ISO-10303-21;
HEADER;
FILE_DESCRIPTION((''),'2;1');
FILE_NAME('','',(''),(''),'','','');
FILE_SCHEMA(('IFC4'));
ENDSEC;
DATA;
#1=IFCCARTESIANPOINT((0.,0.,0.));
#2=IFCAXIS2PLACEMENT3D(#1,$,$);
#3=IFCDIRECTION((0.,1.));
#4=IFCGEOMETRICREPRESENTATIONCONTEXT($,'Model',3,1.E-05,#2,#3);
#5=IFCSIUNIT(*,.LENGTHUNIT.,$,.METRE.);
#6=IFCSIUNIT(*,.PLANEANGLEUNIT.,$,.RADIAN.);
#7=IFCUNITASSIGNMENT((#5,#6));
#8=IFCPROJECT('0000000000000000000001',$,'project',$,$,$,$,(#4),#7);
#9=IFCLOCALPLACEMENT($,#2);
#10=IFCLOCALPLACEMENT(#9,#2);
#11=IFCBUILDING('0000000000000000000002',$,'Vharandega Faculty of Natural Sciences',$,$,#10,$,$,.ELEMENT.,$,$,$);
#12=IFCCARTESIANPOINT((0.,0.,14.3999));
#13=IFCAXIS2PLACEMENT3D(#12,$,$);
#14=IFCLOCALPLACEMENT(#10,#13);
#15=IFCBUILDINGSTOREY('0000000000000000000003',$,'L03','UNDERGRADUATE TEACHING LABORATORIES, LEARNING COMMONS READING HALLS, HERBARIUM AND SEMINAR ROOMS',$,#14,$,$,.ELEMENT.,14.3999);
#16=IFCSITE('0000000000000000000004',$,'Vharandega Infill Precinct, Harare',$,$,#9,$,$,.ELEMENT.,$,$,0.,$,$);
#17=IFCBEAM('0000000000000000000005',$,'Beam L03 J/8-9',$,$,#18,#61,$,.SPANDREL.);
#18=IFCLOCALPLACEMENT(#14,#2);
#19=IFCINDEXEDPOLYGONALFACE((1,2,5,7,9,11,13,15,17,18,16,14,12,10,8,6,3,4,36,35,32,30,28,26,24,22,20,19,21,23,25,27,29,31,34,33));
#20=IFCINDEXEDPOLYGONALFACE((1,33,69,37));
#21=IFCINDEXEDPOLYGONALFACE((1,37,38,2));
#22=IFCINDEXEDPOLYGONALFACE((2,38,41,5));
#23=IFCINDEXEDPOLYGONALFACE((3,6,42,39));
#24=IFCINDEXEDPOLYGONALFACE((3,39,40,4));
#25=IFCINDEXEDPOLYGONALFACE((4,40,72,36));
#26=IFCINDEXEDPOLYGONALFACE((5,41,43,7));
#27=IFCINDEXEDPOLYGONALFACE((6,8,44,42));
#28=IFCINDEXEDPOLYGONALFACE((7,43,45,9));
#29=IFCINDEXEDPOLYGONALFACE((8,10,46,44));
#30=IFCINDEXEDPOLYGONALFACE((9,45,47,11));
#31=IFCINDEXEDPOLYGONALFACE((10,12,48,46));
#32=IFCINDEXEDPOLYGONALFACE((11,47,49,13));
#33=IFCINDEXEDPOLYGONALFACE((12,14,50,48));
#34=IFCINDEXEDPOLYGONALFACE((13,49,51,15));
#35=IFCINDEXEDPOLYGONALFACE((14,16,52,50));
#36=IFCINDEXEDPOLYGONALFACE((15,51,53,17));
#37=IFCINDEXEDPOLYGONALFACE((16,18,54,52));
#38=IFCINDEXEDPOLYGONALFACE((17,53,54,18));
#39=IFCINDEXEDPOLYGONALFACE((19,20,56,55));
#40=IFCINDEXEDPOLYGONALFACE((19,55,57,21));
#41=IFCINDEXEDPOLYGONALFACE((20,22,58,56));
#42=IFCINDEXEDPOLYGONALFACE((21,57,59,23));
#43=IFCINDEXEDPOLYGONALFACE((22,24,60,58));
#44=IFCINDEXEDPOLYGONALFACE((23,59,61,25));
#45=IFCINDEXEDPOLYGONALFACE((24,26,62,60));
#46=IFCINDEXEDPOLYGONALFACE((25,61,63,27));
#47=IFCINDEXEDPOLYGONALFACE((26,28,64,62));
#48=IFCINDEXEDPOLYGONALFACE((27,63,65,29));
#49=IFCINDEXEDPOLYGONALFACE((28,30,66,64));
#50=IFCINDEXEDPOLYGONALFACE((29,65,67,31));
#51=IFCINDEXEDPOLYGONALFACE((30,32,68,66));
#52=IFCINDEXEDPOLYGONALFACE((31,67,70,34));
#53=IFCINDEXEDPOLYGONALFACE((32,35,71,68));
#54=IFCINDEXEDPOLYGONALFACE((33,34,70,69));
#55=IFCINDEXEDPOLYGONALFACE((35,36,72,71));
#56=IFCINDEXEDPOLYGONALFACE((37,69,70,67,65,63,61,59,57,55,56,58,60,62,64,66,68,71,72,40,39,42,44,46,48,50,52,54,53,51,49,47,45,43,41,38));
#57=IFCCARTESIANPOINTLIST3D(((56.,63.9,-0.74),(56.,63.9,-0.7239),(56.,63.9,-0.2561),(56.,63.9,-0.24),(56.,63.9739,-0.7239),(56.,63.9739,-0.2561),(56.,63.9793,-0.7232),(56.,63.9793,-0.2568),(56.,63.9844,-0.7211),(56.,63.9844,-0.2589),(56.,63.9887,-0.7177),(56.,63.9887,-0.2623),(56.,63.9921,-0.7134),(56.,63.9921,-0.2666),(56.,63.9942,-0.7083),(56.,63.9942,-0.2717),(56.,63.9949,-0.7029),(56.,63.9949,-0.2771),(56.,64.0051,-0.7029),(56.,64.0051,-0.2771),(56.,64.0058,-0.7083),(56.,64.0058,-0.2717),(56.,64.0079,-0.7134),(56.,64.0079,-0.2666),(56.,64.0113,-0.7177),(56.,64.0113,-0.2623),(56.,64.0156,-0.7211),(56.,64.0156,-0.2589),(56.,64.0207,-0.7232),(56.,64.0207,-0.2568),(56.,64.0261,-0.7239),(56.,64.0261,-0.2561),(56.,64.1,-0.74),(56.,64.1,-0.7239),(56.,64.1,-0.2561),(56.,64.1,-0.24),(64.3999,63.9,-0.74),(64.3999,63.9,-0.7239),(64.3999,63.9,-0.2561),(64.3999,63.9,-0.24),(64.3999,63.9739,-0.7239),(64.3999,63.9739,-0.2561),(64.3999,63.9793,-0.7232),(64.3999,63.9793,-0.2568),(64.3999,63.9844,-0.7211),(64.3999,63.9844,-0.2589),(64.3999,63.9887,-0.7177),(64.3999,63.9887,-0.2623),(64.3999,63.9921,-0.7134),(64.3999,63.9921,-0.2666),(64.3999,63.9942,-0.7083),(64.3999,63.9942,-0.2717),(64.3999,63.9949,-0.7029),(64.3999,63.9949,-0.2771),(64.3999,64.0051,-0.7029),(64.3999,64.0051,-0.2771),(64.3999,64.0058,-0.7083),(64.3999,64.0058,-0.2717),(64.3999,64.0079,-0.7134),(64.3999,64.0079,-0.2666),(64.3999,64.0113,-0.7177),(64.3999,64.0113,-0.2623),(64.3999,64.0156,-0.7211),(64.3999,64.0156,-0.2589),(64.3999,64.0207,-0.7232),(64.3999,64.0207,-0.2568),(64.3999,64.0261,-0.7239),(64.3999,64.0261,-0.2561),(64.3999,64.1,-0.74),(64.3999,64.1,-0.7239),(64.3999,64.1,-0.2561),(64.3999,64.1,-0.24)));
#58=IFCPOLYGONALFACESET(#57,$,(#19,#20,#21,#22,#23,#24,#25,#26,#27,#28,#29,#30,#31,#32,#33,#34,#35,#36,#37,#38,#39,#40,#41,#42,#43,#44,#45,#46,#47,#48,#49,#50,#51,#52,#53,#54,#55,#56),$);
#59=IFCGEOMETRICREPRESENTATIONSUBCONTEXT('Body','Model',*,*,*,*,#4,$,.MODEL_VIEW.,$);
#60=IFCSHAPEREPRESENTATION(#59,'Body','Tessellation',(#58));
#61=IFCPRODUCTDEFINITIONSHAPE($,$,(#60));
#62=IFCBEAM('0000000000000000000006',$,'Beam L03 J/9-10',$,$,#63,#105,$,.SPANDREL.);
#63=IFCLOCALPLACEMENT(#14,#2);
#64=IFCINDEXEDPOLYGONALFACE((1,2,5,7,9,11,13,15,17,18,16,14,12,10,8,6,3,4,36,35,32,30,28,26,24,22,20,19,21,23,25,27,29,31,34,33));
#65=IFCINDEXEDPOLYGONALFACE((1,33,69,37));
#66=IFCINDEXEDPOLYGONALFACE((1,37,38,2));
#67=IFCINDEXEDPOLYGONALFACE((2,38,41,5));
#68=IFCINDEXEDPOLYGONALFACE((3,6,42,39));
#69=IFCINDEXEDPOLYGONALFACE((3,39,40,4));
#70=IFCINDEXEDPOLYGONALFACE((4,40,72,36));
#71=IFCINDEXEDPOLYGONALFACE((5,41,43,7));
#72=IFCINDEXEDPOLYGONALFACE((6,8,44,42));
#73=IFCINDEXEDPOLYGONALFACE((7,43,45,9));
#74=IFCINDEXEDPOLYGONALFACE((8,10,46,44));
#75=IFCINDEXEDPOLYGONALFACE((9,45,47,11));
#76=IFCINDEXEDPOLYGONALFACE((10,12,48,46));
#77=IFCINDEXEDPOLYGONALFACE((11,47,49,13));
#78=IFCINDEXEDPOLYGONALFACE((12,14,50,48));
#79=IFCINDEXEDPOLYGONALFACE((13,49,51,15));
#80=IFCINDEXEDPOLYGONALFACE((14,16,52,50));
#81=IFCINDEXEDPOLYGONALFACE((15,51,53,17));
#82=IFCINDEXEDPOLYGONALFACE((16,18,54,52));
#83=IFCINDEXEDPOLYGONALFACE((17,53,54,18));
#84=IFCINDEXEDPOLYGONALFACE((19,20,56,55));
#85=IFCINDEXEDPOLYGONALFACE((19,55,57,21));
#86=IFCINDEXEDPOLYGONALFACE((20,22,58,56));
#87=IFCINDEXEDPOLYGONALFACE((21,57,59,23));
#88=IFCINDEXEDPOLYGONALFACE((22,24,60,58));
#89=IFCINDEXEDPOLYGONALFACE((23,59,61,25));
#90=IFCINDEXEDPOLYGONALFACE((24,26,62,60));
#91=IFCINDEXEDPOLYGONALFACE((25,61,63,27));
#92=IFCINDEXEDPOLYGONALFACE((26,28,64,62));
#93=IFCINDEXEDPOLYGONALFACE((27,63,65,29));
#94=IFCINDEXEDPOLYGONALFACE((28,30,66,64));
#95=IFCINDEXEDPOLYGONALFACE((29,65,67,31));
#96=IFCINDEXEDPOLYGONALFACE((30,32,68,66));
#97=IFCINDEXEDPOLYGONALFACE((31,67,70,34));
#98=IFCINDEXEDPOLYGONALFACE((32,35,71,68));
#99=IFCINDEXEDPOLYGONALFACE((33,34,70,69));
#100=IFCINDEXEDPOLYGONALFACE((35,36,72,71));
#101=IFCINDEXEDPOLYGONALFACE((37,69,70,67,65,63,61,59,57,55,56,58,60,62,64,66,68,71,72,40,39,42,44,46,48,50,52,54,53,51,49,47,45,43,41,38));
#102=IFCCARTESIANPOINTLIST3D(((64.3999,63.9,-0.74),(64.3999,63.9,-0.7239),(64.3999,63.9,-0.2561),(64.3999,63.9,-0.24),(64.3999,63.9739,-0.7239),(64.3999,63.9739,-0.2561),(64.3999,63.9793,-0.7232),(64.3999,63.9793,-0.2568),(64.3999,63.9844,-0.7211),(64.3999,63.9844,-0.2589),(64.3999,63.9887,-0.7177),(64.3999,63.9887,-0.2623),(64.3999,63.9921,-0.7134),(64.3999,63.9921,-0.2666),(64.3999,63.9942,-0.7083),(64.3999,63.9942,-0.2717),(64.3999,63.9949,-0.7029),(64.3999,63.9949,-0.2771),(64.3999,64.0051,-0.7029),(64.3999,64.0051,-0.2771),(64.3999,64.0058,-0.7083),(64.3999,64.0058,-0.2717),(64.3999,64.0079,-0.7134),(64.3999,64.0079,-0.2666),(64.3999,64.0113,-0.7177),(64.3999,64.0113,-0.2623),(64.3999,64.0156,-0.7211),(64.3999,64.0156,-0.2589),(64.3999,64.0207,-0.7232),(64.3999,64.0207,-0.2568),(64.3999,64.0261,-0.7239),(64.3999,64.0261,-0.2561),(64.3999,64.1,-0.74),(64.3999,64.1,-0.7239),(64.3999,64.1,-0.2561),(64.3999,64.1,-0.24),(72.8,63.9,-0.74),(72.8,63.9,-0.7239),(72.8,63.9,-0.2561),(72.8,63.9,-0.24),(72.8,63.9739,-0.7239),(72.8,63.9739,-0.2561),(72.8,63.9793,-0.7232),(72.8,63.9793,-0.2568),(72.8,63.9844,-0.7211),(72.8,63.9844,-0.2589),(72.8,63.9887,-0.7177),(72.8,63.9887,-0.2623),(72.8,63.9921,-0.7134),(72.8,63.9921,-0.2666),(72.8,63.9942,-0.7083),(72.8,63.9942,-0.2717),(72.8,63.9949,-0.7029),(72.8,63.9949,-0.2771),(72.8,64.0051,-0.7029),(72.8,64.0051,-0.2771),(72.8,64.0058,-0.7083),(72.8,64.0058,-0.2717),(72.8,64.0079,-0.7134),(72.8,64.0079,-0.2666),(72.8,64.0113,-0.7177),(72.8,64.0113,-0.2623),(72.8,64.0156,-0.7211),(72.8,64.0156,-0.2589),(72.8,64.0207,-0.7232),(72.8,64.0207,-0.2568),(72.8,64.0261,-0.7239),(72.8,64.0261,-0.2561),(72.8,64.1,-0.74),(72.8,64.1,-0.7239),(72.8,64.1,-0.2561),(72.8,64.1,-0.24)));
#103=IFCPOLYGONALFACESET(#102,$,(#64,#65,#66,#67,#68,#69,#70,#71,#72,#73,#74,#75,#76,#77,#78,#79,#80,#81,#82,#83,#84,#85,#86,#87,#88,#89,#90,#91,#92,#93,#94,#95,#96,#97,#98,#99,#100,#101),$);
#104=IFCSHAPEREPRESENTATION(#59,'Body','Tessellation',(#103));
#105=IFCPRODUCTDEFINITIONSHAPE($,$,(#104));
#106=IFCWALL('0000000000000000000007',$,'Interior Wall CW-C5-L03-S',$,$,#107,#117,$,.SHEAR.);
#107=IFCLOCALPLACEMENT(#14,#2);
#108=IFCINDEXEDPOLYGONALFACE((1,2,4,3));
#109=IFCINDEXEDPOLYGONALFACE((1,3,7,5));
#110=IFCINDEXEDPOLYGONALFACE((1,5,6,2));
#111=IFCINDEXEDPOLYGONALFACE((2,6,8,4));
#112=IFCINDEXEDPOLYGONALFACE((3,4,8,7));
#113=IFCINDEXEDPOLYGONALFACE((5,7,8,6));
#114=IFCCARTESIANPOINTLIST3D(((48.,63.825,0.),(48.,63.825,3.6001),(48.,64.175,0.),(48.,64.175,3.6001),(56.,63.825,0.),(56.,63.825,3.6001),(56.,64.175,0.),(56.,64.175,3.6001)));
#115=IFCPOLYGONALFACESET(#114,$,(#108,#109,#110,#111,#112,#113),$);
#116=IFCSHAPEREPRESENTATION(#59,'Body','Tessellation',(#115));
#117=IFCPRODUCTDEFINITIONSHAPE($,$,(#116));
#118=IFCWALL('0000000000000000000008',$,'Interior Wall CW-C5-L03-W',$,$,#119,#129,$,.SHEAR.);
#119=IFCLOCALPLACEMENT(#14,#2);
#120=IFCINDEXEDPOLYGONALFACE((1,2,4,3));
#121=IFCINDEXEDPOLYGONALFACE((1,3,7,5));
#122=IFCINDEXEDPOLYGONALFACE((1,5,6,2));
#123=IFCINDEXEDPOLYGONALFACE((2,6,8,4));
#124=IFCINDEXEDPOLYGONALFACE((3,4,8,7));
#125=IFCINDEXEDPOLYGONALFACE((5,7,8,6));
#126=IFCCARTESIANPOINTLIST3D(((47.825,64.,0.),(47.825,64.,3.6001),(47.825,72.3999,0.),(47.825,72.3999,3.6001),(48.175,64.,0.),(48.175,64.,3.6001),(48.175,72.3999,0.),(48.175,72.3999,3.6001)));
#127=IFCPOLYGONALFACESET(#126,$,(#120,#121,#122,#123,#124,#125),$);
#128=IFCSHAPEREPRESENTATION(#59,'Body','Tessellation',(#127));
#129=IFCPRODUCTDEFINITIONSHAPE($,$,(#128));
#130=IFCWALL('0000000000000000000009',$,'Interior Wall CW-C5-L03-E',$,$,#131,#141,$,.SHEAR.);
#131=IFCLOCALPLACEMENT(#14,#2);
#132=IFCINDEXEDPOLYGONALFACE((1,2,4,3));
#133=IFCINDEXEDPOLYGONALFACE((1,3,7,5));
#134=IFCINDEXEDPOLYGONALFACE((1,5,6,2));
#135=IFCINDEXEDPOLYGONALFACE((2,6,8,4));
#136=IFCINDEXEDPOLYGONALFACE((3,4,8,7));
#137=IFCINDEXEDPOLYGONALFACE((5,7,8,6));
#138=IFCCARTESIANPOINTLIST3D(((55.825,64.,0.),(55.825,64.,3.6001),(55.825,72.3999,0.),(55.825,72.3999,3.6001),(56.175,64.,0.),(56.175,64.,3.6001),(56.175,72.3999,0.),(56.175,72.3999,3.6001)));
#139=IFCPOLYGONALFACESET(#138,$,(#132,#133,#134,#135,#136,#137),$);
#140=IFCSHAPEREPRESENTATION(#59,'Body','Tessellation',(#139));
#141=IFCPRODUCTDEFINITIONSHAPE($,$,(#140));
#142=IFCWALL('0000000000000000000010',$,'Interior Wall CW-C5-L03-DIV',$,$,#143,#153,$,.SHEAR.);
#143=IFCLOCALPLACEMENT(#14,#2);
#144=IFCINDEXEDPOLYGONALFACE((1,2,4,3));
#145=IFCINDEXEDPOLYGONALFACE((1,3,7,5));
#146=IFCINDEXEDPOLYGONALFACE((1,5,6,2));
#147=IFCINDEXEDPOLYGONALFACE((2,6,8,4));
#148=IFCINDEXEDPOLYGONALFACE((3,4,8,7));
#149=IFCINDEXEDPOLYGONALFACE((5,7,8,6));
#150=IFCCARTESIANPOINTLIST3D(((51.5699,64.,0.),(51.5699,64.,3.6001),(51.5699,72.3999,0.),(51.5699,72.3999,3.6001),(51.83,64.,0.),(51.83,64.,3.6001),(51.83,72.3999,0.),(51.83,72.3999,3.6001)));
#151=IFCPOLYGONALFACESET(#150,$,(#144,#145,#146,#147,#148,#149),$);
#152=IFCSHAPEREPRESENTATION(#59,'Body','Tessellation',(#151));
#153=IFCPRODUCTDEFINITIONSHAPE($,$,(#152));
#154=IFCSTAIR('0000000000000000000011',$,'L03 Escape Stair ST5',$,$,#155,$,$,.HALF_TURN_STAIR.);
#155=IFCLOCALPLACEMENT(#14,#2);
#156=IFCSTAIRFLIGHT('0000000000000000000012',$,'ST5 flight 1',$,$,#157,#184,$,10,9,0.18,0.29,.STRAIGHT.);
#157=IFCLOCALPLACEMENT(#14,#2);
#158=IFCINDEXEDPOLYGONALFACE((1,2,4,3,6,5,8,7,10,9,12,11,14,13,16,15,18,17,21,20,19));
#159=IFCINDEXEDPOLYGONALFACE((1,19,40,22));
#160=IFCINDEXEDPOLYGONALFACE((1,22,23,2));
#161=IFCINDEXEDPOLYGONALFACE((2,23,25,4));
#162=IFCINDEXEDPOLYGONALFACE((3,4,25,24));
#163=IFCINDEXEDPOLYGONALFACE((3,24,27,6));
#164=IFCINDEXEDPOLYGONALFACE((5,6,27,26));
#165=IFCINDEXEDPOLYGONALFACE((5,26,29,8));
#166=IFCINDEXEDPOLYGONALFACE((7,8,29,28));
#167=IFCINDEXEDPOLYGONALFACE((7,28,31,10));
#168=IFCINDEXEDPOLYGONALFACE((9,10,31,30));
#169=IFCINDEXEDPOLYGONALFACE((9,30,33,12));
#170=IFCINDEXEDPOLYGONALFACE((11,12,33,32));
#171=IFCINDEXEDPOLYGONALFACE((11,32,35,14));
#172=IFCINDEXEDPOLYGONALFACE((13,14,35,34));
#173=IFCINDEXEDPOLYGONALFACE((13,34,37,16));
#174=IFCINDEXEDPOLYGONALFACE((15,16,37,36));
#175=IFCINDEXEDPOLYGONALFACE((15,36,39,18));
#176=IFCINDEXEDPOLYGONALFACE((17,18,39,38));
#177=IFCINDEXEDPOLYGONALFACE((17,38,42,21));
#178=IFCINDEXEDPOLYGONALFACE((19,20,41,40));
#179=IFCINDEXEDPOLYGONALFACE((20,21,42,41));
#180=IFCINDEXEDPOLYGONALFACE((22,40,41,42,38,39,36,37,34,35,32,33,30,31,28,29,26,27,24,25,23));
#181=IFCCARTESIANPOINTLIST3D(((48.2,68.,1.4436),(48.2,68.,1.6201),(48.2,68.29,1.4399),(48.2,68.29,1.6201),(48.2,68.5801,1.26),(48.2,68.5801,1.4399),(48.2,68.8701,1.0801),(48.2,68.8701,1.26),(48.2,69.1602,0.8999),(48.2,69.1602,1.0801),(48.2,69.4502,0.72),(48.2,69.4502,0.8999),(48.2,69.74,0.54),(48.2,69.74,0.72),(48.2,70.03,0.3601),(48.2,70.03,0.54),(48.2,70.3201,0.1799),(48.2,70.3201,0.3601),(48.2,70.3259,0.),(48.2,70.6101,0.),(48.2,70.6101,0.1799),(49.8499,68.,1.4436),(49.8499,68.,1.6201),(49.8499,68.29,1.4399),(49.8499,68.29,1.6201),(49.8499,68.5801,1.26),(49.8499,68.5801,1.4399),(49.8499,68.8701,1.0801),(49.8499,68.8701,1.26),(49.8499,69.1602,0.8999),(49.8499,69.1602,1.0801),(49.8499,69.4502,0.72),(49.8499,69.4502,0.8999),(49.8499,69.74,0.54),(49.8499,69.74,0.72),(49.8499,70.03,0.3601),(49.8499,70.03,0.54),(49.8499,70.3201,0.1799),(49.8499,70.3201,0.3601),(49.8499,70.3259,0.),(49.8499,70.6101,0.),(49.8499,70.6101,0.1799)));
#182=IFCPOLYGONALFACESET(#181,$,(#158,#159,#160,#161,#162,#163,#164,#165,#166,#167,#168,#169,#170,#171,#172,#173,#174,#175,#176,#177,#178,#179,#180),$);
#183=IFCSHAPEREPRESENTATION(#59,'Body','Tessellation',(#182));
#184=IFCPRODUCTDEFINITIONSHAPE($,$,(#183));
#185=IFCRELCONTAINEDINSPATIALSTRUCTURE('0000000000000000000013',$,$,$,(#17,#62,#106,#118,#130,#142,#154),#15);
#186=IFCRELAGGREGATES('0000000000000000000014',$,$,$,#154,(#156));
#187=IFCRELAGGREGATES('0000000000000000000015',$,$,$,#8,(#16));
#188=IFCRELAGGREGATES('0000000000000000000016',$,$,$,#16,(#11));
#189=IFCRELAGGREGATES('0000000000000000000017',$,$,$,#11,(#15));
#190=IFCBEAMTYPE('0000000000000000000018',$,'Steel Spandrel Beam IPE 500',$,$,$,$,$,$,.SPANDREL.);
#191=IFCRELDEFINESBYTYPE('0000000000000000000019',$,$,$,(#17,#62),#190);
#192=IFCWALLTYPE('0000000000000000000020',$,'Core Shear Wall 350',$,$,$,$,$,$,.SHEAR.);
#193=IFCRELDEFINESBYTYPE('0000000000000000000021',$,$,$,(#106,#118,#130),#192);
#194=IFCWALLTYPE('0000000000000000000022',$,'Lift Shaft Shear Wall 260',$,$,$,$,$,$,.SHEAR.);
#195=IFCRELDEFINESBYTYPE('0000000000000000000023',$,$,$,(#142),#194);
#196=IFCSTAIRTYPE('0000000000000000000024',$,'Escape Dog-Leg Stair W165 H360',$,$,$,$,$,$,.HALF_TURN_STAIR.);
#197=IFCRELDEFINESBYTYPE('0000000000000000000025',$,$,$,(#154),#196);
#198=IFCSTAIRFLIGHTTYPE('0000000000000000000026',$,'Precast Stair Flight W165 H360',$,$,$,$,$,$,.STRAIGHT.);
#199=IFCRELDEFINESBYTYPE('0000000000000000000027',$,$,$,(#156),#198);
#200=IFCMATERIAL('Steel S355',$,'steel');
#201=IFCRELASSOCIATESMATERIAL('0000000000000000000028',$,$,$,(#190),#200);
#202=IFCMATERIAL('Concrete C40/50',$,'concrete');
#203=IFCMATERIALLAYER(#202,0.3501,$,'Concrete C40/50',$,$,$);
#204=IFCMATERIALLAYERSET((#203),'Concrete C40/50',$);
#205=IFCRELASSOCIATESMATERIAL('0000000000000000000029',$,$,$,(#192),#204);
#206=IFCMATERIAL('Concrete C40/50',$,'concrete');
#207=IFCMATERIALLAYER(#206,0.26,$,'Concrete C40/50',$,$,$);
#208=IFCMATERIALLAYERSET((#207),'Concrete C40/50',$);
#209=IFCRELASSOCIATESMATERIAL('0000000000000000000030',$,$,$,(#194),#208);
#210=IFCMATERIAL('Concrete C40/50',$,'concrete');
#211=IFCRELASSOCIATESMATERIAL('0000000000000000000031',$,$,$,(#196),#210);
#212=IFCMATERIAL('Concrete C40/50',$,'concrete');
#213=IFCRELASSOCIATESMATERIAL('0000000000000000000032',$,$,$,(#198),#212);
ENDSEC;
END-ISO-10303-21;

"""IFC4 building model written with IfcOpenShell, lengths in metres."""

from ifc_helpers import new_model, si_unit, direction, frame, frame_2d, origin, origin_2d, place, context, subcontext, project, spatial, polyline, rectangle, i_section, outline, extrude, material, layer, layer_set, material_profile, profile_set, type_object, element, aggregate, save


model = new_model("IFC4")

# Units and contexts
model_context = context("Model", 3, precision=1e-05, world=origin(), true_north=direction((0.0, 1.0)))
body_context = subcontext(model_context, "Body", "Model", "MODEL_VIEW")
ifc_project = project(units=[si_unit("LENGTHUNIT", "METRE"), si_unit("PLANEANGLEUNIT", "RADIAN")], contexts=[model_context])

# Site, building, storey
site_placement = place(None, origin())
site = spatial("IfcSite", under=ifc_project, at=site_placement, Name="Vharandega Infill Precinct, Harare", CompositionType="ELEMENT", RefElevation=0.0)
building_placement = place(site_placement, origin())
building = spatial("IfcBuilding", under=site, at=building_placement, Name="Vharandega Faculty of Natural Sciences", CompositionType="ELEMENT")
storey_placement = place(building_placement, frame((0.0, 0.0, 14.3999)))
storey = spatial("IfcBuildingStorey", under=building, at=storey_placement, Name="L03", Description="UNDERGRADUATE TEACHING LABORATORIES, LEARNING COMMONS READING HALLS, HERBARIUM AND SEMINAR ROOMS", CompositionType="ELEMENT", Elevation=14.3999)

# Beams
ifc_material_1 = material(Name="Steel S355", Category="steel")
ifc_material_profile_1 = material_profile(ifc_material_1, i_section(OverallWidth=0.2, OverallDepth=0.5, WebThickness=0.0103, FlangeThickness=0.0161, FilletRadius=0.021, at=origin_2d()), Name="IPE 500")
ifc_profile_set_1 = profile_set([ifc_material_profile_1], Name="Steel S355")
beam_type_1 = type_object("IfcBeamType", Name="Steel Spandrel Beam IPE 500", PredefinedType="SPANDREL", material=ifc_profile_set_1)
beam_1_placement = place(storey_placement, frame((56.0, 64.0, -0.49), z_axis=(1.0, 0.0, 0.0), x_axis=(0.0, 1.0, 0.0)))
element("IfcBeam", 1, at=beam_1_placement, inside=storey, type_object=beam_type_1, Name="Beam L03 J/8-9", PredefinedType="SPANDREL", context=body_context, shape_type="SweptSolid", body=[
    extrude(i_section(OverallWidth=0.2, OverallDepth=0.5, WebThickness=0.0103, FlangeThickness=0.0161, FilletRadius=0.021, at=origin_2d()), origin(), (0.0, 0.0, 1.0), 8.3999),
])
beam_2_placement = place(storey_placement, frame((64.3999, 64.0, -0.49), z_axis=(1.0, 0.0, 0.0), x_axis=(0.0, 1.0, 0.0)))
element("IfcBeam", 2, at=beam_2_placement, inside=storey, type_object=beam_type_1, Name="Beam L03 J/9-10", PredefinedType="SPANDREL", context=body_context, shape_type="SweptSolid", body=[
    extrude(i_section(OverallWidth=0.2, OverallDepth=0.5, WebThickness=0.0103, FlangeThickness=0.0161, FilletRadius=0.021, at=origin_2d()), origin(), (0.0, 0.0, 1.0), 8.4001),
])

# Walls
ifc_material_2 = material(Name="Concrete C40/50", Category="concrete")
ifc_layer_1 = layer(ifc_material_2, 0.3501, Name="Concrete C40/50")
ifc_layer_set_1 = layer_set([ifc_layer_1], Name="Concrete C40/50")
wall_type_1 = type_object("IfcWallType", Name="Core Shear Wall 350", PredefinedType="SHEAR", material=ifc_layer_set_1)
wall_1_placement = place(storey_placement, frame((48.0, 64.0, 0.0), z_axis=(0.0, 0.0, 1.0), x_axis=(1.0, 0.0, 0.0)))
element("IfcWall", 3, at=wall_1_placement, inside=storey, type_object=wall_type_1, Name="Interior Wall CW-C5-L03-S", PredefinedType="SHEAR", context=body_context, shape_type="SweptSolid", body=[
    extrude(rectangle(XDim=8.0, YDim=0.3501, at=frame_2d((4.0, 0.0))), origin(), (0.0, 0.0, 1.0), 3.6001),
])
for number, where, z_axis, x_axis, name in (
    (4, (48.0, 64.0, 0.0), (0.0, 0.0, 1.0), (0.0, 1.0, 0.0), "Interior Wall CW-C5-L03-W"),
    (5, (56.0, 64.0, 0.0), (0.0, 0.0, 1.0), (0.0, 1.0, 0.0), "Interior Wall CW-C5-L03-E"),
):
    element("IfcWall", number, at=place(storey_placement, frame(where, z_axis=z_axis, x_axis=x_axis)), inside=storey, type_object=wall_type_1, Name=name, PredefinedType="SHEAR", context=body_context, shape_type="SweptSolid", body=[
        extrude(rectangle(XDim=8.3999, YDim=0.3501, at=frame_2d((4.2, 0.0))), origin(), (0.0, 0.0, 1.0), 3.6001),
    ])
ifc_material_3 = material(Name="Concrete C40/50", Category="concrete")
ifc_layer_2 = layer(ifc_material_3, 0.26, Name="Concrete C40/50")
ifc_layer_set_2 = layer_set([ifc_layer_2], Name="Concrete C40/50")
wall_type_2 = type_object("IfcWallType", Name="Lift Shaft Shear Wall 260", PredefinedType="SHEAR", material=ifc_layer_set_2)
wall_2_placement = place(storey_placement, frame((51.7, 64.0, 0.0), z_axis=(0.0, 0.0, 1.0), x_axis=(0.0, 1.0, 0.0)))
element("IfcWall", 6, at=wall_2_placement, inside=storey, type_object=wall_type_2, Name="Interior Wall CW-C5-L03-DIV", PredefinedType="SHEAR", context=body_context, shape_type="SweptSolid", body=[
    extrude(rectangle(XDim=8.3999, YDim=0.26, at=frame_2d((4.2, 0.0))), origin(), (0.0, 0.0, 1.0), 3.6001),
])

# Stair, stair flight
ifc_material_4 = material(Name="Concrete C40/50", Category="concrete")
stair_type = type_object("IfcStairType", Name="Escape Dog-Leg Stair W165 H360", PredefinedType="HALF_TURN_STAIR", material=ifc_material_4)
stair_placement = place(storey_placement, origin())
stair = element("IfcStair", 7, at=stair_placement, inside=storey, type_object=stair_type, Name="L03 Escape Stair ST5", PredefinedType="HALF_TURN_STAIR")
ifc_material_5 = material(Name="Concrete C40/50", Category="concrete")
stair_flight_type = type_object("IfcStairFlightType", Name="Precast Stair Flight W165 H360", PredefinedType="STRAIGHT", material=ifc_material_5)
stair_flight_1_placement = place(storey_placement, frame((49.0249, 70.6101, 0.0), z_axis=(0.0, 0.0, 1.0), x_axis=(0.0, -1.0, 0.0)))
stair_flight_1 = element("IfcStairFlight", 8, at=stair_flight_1_placement, type_object=stair_flight_type, Name="ST5 flight 1", NumberOfRisers=10, NumberOfTreads=9, PredefinedType="STRAIGHT", RiserHeight=0.18, TreadLength=0.29, context=body_context, shape_type="SweptSolid", body=[
    extrude(outline(polyline([(0.0, 0.0), (0.0, 0.1799), (0.29, 0.1799), (0.29, 0.3601), (0.5801, 0.3601), (0.5801, 0.54), (0.8701, 0.54), (0.8701, 0.72), (1.1599, 0.72), (1.1599, 0.8999), (1.45, 0.8999), (1.45, 1.0801), (1.74, 1.0801), (1.74, 1.26), (2.03, 1.26), (2.03, 1.4399), (2.3201, 1.4399), (2.3201, 1.6201), (2.6101, 1.6201), (2.6101, 1.8), (2.6101, 1.4436), (0.2842, 0.0), (0.0, 0.0)])), frame((0.0, 0.825, 0.0), z_axis=(0.0, -1.0, 0.0), x_axis=(1.0, 0.0, 0.0)), (0.0, 0.0, 1.0), 1.6499),
])
aggregate(stair, [stair_flight_1])

save(model, "model.ifc")
